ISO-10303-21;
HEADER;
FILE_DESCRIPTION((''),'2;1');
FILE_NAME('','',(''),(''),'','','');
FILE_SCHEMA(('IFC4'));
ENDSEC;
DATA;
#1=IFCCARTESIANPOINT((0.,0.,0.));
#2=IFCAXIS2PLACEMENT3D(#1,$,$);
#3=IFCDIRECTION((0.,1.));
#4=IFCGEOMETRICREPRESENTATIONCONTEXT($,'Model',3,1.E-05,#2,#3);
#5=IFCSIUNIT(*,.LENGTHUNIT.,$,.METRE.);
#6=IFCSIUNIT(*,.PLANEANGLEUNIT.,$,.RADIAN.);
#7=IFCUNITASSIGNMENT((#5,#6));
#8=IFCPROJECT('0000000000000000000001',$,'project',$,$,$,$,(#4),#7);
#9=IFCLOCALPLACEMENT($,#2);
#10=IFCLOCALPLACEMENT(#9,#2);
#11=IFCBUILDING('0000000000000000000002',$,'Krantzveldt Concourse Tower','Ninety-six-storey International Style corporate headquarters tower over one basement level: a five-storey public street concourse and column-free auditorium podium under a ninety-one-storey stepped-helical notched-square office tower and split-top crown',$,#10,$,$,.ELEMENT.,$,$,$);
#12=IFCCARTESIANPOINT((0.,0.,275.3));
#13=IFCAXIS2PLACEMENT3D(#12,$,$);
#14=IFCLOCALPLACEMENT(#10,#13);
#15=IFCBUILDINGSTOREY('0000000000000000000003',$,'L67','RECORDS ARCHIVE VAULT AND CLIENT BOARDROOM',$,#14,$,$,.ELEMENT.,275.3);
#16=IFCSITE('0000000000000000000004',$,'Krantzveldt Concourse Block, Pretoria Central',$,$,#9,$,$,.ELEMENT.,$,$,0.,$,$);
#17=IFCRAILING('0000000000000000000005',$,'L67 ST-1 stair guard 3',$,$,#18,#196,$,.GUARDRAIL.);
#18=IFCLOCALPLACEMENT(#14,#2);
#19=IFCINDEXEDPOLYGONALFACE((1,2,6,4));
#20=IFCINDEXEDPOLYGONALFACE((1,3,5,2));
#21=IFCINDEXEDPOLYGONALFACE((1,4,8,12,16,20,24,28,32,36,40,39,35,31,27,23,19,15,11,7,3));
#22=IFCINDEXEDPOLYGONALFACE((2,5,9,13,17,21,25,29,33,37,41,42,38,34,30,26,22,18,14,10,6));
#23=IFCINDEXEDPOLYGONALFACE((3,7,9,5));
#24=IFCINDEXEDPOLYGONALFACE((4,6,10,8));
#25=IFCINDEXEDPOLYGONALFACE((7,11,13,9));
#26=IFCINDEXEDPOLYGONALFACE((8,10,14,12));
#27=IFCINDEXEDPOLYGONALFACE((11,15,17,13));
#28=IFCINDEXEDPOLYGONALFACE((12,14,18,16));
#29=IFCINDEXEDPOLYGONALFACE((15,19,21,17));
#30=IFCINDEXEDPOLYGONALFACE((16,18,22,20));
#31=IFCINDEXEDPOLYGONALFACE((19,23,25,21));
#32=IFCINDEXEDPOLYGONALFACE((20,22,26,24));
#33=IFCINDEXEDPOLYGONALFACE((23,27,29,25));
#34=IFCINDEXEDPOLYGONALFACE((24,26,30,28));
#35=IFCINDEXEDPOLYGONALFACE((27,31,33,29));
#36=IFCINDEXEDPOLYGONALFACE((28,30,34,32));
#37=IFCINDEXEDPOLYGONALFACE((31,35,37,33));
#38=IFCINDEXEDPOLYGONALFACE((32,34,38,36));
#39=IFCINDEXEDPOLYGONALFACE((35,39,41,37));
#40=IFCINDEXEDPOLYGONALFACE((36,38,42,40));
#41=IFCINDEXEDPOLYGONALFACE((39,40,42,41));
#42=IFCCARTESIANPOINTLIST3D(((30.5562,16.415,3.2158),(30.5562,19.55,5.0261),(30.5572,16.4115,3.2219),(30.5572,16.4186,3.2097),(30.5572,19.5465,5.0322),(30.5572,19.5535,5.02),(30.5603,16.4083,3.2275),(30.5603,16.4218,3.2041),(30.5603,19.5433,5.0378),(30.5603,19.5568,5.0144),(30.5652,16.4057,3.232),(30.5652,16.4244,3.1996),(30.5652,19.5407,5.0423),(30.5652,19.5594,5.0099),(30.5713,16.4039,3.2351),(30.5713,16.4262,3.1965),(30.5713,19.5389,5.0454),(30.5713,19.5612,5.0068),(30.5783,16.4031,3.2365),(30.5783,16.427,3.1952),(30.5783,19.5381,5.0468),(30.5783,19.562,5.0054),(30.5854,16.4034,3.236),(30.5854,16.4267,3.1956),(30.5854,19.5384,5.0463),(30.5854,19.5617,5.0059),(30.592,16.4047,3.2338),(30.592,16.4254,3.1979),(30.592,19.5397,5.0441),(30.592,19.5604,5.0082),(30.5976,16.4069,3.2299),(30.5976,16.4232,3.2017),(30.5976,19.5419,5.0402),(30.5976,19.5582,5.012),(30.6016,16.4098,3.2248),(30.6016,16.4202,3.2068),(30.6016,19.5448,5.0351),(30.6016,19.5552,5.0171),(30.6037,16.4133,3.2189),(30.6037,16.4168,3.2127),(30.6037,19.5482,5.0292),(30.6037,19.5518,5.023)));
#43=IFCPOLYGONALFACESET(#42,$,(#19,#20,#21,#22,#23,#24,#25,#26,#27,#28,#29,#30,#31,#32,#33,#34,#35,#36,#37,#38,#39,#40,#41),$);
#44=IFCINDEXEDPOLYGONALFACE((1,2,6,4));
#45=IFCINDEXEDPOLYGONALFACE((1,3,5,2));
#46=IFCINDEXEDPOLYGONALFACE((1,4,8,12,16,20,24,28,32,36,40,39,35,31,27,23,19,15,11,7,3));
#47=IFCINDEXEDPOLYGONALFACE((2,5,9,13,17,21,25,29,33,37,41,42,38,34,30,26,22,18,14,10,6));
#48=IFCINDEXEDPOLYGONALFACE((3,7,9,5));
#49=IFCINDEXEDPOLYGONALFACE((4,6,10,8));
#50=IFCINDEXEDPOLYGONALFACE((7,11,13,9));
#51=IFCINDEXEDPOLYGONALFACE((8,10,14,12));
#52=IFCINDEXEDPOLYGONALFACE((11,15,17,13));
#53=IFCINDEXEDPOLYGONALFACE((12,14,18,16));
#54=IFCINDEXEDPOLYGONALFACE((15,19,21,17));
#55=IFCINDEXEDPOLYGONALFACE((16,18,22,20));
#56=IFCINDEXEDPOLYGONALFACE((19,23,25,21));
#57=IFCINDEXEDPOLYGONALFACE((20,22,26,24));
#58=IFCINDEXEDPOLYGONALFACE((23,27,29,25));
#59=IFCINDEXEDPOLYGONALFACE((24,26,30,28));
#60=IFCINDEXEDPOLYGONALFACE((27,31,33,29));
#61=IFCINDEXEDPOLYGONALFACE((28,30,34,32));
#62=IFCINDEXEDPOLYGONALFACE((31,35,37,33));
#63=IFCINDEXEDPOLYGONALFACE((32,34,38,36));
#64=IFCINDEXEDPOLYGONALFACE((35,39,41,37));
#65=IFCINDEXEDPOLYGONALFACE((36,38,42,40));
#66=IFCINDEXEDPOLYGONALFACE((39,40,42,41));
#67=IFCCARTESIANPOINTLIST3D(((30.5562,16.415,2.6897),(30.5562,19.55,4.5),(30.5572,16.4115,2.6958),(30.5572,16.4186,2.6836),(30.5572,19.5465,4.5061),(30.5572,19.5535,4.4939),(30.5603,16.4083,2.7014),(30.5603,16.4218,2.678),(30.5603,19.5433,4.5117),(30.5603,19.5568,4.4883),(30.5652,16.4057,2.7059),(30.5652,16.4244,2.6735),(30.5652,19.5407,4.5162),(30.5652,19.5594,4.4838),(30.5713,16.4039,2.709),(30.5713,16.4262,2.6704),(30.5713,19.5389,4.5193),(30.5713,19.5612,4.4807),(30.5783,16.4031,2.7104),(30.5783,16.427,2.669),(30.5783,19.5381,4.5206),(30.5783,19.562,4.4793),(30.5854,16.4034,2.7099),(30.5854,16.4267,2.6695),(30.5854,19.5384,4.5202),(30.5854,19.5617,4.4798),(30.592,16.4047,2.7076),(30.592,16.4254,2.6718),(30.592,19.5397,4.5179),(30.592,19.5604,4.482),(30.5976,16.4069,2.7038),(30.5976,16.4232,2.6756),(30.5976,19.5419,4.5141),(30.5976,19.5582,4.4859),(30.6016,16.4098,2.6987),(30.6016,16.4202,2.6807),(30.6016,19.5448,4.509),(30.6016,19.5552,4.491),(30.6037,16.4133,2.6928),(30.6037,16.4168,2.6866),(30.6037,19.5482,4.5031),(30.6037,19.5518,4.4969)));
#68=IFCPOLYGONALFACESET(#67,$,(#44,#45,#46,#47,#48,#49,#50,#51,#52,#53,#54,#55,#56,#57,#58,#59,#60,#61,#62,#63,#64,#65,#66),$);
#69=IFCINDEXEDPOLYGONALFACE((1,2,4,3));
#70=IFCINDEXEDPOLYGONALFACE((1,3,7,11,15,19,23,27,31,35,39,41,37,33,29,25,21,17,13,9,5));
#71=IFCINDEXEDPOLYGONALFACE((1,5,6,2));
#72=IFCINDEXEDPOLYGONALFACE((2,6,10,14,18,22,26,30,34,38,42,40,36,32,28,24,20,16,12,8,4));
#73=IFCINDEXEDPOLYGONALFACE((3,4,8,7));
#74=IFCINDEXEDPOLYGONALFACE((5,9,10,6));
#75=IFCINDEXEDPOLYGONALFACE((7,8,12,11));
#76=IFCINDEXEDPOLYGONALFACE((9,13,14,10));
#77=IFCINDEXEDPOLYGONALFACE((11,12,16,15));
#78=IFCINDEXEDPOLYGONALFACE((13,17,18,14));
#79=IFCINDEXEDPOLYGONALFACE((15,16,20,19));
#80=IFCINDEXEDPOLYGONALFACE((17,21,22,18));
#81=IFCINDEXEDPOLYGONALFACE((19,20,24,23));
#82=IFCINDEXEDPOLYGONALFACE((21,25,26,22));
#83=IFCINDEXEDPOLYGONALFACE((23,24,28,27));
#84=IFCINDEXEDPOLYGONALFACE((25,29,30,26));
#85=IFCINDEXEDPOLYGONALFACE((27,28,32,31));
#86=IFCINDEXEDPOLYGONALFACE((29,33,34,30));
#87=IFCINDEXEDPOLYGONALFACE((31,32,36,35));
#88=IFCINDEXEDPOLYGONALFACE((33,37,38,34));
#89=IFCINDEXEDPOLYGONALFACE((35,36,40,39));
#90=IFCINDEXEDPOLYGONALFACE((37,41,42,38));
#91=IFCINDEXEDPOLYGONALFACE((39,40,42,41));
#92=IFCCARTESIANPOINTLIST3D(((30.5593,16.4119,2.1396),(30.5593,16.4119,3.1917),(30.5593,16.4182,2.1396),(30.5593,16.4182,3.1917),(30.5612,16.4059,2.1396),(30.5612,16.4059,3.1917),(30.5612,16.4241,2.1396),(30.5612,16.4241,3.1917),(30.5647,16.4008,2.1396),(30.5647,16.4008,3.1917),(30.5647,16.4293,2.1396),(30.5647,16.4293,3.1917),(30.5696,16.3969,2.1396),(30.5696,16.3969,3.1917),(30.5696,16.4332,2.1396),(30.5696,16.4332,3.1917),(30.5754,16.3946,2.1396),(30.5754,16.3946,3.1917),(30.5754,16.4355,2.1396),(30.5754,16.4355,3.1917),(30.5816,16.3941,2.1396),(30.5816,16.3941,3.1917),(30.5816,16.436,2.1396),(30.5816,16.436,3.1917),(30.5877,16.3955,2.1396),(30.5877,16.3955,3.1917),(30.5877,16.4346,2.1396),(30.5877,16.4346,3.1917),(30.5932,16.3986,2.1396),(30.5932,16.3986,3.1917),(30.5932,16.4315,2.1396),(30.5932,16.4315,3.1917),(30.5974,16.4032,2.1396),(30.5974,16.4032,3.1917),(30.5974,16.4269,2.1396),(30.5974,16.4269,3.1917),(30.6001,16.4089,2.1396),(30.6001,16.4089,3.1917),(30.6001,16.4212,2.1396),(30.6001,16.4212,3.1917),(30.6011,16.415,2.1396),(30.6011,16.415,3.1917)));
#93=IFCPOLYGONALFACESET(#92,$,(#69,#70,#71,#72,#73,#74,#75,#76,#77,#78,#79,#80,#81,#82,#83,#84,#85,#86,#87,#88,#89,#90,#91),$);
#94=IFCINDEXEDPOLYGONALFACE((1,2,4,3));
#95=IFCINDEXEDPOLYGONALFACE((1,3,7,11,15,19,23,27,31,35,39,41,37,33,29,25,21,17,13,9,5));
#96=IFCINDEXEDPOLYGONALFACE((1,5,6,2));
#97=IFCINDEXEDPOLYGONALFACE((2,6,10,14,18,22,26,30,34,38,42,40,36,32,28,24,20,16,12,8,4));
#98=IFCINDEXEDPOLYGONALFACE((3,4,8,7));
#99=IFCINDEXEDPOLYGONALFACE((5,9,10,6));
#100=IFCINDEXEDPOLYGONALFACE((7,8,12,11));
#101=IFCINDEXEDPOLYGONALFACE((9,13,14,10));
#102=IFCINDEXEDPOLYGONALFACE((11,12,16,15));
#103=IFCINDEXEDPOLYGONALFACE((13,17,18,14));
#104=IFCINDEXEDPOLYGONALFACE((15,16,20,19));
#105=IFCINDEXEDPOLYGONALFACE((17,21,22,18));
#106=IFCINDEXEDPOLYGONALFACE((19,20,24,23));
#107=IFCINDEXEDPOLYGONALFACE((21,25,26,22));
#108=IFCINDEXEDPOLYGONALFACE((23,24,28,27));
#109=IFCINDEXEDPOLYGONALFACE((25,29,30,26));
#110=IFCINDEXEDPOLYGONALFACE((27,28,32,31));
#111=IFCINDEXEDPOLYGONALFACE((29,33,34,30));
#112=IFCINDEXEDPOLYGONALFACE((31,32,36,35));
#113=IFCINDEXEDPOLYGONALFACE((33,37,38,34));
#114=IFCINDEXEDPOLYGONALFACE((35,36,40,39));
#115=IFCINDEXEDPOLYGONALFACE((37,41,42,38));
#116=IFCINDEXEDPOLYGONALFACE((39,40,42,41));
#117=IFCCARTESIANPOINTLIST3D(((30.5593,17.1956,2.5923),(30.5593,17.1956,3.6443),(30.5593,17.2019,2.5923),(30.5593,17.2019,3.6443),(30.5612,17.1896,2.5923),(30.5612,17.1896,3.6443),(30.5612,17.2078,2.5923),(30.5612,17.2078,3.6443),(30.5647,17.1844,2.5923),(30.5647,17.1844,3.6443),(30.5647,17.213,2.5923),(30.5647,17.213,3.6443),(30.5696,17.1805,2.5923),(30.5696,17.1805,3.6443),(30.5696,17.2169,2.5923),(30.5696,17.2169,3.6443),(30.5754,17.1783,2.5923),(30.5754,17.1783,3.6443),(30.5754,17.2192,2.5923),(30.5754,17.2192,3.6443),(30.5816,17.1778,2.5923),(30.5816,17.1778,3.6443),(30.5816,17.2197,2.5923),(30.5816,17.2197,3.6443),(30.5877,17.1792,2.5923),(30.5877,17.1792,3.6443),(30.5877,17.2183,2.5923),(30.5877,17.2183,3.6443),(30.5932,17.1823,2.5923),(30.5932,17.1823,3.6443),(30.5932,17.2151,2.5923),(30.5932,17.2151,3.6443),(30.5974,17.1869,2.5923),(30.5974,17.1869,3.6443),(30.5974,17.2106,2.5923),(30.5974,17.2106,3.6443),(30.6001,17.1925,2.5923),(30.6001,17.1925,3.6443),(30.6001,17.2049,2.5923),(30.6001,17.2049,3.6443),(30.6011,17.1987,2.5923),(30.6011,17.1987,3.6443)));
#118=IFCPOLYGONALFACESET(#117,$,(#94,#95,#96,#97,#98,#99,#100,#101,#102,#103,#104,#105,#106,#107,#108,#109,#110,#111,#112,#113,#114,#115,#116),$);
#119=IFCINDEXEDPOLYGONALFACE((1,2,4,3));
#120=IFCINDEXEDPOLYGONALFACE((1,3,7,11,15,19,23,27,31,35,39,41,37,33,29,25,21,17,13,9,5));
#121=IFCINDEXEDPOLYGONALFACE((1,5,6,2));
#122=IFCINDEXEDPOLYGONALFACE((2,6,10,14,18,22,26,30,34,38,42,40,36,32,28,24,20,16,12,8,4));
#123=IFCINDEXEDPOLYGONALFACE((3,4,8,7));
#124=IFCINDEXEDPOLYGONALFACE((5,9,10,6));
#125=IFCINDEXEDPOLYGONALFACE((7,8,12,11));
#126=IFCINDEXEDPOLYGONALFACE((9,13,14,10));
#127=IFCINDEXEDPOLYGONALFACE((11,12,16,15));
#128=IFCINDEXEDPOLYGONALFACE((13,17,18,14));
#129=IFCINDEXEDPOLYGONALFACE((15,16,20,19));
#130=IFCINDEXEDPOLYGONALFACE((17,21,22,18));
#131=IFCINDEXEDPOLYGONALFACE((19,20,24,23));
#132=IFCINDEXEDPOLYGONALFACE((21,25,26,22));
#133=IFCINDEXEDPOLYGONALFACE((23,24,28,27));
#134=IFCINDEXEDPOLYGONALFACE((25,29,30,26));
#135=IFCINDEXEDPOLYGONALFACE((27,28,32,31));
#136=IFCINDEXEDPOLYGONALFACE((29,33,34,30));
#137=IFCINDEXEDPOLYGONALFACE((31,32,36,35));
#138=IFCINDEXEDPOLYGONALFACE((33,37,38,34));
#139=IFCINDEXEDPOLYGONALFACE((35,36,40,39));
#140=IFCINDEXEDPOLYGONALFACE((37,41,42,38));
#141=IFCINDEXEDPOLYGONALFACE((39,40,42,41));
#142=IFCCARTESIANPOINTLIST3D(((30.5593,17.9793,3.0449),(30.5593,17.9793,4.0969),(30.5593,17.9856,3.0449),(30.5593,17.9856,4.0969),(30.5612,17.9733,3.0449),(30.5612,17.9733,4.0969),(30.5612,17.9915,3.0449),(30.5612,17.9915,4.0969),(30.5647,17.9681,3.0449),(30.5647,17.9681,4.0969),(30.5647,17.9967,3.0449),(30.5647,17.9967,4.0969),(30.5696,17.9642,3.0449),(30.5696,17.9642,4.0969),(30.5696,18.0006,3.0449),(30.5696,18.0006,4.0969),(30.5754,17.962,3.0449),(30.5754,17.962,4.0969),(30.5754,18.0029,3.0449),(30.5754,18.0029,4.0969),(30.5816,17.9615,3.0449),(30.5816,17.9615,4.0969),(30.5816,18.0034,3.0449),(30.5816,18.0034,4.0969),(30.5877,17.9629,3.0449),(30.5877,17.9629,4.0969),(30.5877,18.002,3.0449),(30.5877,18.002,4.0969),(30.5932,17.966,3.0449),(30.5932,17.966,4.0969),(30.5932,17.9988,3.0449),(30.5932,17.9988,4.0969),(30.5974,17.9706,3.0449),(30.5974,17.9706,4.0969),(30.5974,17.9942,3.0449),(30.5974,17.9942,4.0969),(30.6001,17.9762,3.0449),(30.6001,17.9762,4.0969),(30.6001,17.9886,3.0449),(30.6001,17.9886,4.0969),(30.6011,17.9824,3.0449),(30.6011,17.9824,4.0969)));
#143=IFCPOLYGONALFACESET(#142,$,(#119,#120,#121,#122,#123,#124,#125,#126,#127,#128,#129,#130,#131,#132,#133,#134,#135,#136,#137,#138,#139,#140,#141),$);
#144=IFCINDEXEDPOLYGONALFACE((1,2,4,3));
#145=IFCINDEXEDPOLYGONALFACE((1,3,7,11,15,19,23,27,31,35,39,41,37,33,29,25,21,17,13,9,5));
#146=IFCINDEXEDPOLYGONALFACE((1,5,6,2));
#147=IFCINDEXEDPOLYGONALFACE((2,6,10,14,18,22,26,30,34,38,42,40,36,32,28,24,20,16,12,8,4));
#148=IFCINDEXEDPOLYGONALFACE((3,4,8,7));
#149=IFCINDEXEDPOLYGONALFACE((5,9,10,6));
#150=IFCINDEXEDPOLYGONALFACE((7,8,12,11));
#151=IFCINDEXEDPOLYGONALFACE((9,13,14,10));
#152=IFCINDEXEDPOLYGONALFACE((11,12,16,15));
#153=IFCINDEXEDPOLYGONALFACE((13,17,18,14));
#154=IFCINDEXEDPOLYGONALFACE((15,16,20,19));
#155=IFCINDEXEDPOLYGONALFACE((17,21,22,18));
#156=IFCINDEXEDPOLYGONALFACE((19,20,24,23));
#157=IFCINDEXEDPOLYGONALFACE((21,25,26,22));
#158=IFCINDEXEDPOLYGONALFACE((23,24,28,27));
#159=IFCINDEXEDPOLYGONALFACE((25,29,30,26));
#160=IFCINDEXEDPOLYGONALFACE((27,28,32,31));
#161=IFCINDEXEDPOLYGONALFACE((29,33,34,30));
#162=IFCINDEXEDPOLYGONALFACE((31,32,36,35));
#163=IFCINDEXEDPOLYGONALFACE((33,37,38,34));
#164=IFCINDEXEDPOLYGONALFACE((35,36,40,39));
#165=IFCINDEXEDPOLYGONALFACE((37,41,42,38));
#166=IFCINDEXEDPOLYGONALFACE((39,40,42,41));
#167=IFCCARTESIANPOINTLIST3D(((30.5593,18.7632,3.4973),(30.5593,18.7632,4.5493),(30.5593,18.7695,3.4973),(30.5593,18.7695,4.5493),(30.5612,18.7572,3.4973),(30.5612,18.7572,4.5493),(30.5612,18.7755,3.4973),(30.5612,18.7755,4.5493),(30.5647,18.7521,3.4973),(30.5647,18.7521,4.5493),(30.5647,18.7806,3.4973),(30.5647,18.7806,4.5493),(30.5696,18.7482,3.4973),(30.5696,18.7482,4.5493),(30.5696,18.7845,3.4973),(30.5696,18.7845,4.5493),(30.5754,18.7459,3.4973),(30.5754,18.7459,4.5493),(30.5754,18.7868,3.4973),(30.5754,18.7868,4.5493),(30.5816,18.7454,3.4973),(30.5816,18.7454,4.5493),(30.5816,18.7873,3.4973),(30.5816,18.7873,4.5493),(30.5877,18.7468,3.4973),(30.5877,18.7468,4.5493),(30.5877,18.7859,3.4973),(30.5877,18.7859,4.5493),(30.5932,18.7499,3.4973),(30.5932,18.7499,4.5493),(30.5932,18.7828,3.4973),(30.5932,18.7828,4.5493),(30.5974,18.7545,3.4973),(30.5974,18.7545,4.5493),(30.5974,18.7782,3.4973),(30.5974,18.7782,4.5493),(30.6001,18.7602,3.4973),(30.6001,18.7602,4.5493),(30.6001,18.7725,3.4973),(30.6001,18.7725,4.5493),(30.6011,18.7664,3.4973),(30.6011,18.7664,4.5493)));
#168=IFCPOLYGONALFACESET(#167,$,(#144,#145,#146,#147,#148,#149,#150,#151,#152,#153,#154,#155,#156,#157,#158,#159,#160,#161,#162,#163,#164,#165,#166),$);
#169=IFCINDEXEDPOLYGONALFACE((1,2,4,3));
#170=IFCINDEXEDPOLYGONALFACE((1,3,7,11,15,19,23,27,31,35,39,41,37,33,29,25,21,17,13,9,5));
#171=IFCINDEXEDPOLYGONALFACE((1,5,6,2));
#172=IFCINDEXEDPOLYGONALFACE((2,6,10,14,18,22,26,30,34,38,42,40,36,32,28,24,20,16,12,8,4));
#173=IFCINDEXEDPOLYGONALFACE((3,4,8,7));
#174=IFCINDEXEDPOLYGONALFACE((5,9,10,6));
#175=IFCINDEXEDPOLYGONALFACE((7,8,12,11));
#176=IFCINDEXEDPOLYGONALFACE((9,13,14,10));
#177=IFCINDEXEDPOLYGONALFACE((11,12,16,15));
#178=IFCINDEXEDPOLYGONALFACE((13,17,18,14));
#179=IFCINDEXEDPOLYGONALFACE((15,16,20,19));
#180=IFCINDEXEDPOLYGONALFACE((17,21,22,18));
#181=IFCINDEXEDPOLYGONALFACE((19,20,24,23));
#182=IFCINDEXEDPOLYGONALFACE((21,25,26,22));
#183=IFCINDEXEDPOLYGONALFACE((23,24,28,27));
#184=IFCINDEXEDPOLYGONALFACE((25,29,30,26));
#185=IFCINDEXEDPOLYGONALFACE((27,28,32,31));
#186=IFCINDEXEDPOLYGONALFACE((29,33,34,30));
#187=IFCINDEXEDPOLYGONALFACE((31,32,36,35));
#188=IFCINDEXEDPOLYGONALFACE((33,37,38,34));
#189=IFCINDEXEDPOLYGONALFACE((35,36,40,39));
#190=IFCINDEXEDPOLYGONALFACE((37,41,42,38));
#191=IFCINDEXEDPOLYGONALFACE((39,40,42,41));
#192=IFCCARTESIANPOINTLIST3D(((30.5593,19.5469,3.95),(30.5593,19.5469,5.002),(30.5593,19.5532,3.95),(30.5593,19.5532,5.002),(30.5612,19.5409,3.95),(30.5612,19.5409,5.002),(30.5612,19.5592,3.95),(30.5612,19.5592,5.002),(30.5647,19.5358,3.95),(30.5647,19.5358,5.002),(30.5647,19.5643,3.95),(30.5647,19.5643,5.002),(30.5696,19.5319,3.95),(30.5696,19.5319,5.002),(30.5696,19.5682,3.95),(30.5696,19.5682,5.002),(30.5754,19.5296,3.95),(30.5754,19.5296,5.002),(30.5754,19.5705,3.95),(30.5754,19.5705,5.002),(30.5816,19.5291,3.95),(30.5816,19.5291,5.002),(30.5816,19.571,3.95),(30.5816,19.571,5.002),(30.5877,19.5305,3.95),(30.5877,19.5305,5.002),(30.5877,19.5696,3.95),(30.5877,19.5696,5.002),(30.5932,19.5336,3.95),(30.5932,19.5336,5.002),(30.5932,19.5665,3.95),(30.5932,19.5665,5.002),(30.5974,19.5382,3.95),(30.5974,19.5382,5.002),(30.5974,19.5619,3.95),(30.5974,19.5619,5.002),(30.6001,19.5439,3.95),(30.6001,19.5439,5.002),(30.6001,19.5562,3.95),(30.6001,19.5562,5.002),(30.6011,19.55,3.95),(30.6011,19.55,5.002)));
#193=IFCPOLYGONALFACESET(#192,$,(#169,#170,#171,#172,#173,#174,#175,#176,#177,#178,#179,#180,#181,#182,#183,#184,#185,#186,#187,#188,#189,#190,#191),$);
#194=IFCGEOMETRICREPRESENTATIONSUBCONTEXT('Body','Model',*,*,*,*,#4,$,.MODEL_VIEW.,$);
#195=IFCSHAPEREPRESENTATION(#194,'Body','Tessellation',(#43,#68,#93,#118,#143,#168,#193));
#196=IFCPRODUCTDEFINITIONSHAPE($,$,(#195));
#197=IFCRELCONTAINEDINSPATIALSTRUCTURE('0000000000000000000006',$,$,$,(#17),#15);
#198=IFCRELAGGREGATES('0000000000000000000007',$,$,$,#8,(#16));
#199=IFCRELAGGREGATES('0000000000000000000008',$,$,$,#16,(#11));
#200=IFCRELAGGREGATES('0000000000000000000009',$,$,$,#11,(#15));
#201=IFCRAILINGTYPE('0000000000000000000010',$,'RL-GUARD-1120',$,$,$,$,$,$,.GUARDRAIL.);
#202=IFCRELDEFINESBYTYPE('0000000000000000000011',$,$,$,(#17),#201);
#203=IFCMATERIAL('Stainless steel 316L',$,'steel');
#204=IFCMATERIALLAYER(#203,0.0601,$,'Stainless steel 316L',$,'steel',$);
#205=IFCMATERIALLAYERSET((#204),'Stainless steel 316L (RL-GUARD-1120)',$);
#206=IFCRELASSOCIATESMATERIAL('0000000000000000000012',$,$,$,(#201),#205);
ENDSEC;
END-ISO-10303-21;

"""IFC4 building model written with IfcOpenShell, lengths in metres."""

from ifc_helpers import new_model, si_unit, direction, frame, origin, origin_2d, place, context, subcontext, project, spatial, circle, extrude, material, layer, layer_set, type_object, element, save


model = new_model("IFC4")

# Units and contexts
model_context = context("Model", 3, precision=1e-05, world=origin(), true_north=direction((0.0, 1.0)))
body_context = subcontext(model_context, "Body", "Model", "MODEL_VIEW")
ifc_project = project(units=[si_unit("LENGTHUNIT", "METRE"), si_unit("PLANEANGLEUNIT", "RADIAN")], contexts=[model_context])

# Site, building, storey
site_placement = place(None, origin())
site = spatial("IfcSite", under=ifc_project, at=site_placement, Name="Krantzveldt Concourse Block, Pretoria Central", CompositionType="ELEMENT", RefElevation=0.0)
building_placement = place(site_placement, origin())
building = spatial("IfcBuilding", under=site, at=building_placement, Name="Krantzveldt Concourse Tower", Description="Ninety-six-storey International Style corporate headquarters tower over one basement level: a five-storey public street concourse and column-free auditorium podium under a ninety-one-storey stepped-helical notched-square office tower and split-top crown", CompositionType="ELEMENT")
storey_placement = place(building_placement, frame((0.0, 0.0, 275.3)))
storey = spatial("IfcBuildingStorey", under=building, at=storey_placement, Name="L67", Description="RECORDS ARCHIVE VAULT AND CLIENT BOARDROOM", CompositionType="ELEMENT", Elevation=275.3)

# Railing
ifc_material_1 = material(Name="Stainless steel 316L", Category="steel")
ifc_layer_1 = layer(ifc_material_1, 0.0601, Name="Stainless steel 316L", Category="steel")
ifc_layer_set_1 = layer_set([ifc_layer_1], Name="Stainless steel 316L (RL-GUARD-1120)")
railing_type_1 = type_object("IfcRailingType", Name="RL-GUARD-1120", PredefinedType="GUARDRAIL", material=ifc_layer_set_1)
railing_1_placement = place(storey_placement, frame((30.5801, 16.415, 2.1396)))
element("IfcRailing", 1, at=railing_1_placement, inside=storey, type_object=railing_type_1, Name="L67 ST-1 stair guard 3", PredefinedType="GUARDRAIL", context=body_context, shape_type="SweptSolid", body=[
    extrude(circle(Radius=0.0239, at=origin_2d()), frame((0.0, 0.0, 1.0762), z_axis=(0.0, 0.865989, 0.500063), x_axis=(-1.0, 0.0, 0.0)), (0.0, 0.0, 1.0), 3.6201),
    extrude(circle(Radius=0.0239, at=origin_2d()), frame((0.0, 0.0, 0.55), z_axis=(0.0, 0.865989, 0.500063), x_axis=(-1.0, 0.0, 0.0)), (0.0, 0.0, 1.0), 3.6201),
    extrude(circle(Radius=0.021, at=origin_2d()), origin(), (0.0, 0.0, 1.0), 1.052),
    extrude(circle(Radius=0.021, at=origin_2d()), frame((0.0, 0.7837, 0.4526)), (0.0, 0.0, 1.0), 1.052),
    extrude(circle(Radius=0.021, at=origin_2d()), frame((0.0, 1.5674, 0.9053)), (0.0, 0.0, 1.0), 1.052),
    extrude(circle(Radius=0.021, at=origin_2d()), frame((0.0, 2.3513, 1.3577)), (0.0, 0.0, 1.0), 1.052),
    extrude(circle(Radius=0.021, at=origin_2d()), frame((0.0, 3.135, 1.8103)), (0.0, 0.0, 1.0), 1.052),
])

save(model, "model.ifc")
